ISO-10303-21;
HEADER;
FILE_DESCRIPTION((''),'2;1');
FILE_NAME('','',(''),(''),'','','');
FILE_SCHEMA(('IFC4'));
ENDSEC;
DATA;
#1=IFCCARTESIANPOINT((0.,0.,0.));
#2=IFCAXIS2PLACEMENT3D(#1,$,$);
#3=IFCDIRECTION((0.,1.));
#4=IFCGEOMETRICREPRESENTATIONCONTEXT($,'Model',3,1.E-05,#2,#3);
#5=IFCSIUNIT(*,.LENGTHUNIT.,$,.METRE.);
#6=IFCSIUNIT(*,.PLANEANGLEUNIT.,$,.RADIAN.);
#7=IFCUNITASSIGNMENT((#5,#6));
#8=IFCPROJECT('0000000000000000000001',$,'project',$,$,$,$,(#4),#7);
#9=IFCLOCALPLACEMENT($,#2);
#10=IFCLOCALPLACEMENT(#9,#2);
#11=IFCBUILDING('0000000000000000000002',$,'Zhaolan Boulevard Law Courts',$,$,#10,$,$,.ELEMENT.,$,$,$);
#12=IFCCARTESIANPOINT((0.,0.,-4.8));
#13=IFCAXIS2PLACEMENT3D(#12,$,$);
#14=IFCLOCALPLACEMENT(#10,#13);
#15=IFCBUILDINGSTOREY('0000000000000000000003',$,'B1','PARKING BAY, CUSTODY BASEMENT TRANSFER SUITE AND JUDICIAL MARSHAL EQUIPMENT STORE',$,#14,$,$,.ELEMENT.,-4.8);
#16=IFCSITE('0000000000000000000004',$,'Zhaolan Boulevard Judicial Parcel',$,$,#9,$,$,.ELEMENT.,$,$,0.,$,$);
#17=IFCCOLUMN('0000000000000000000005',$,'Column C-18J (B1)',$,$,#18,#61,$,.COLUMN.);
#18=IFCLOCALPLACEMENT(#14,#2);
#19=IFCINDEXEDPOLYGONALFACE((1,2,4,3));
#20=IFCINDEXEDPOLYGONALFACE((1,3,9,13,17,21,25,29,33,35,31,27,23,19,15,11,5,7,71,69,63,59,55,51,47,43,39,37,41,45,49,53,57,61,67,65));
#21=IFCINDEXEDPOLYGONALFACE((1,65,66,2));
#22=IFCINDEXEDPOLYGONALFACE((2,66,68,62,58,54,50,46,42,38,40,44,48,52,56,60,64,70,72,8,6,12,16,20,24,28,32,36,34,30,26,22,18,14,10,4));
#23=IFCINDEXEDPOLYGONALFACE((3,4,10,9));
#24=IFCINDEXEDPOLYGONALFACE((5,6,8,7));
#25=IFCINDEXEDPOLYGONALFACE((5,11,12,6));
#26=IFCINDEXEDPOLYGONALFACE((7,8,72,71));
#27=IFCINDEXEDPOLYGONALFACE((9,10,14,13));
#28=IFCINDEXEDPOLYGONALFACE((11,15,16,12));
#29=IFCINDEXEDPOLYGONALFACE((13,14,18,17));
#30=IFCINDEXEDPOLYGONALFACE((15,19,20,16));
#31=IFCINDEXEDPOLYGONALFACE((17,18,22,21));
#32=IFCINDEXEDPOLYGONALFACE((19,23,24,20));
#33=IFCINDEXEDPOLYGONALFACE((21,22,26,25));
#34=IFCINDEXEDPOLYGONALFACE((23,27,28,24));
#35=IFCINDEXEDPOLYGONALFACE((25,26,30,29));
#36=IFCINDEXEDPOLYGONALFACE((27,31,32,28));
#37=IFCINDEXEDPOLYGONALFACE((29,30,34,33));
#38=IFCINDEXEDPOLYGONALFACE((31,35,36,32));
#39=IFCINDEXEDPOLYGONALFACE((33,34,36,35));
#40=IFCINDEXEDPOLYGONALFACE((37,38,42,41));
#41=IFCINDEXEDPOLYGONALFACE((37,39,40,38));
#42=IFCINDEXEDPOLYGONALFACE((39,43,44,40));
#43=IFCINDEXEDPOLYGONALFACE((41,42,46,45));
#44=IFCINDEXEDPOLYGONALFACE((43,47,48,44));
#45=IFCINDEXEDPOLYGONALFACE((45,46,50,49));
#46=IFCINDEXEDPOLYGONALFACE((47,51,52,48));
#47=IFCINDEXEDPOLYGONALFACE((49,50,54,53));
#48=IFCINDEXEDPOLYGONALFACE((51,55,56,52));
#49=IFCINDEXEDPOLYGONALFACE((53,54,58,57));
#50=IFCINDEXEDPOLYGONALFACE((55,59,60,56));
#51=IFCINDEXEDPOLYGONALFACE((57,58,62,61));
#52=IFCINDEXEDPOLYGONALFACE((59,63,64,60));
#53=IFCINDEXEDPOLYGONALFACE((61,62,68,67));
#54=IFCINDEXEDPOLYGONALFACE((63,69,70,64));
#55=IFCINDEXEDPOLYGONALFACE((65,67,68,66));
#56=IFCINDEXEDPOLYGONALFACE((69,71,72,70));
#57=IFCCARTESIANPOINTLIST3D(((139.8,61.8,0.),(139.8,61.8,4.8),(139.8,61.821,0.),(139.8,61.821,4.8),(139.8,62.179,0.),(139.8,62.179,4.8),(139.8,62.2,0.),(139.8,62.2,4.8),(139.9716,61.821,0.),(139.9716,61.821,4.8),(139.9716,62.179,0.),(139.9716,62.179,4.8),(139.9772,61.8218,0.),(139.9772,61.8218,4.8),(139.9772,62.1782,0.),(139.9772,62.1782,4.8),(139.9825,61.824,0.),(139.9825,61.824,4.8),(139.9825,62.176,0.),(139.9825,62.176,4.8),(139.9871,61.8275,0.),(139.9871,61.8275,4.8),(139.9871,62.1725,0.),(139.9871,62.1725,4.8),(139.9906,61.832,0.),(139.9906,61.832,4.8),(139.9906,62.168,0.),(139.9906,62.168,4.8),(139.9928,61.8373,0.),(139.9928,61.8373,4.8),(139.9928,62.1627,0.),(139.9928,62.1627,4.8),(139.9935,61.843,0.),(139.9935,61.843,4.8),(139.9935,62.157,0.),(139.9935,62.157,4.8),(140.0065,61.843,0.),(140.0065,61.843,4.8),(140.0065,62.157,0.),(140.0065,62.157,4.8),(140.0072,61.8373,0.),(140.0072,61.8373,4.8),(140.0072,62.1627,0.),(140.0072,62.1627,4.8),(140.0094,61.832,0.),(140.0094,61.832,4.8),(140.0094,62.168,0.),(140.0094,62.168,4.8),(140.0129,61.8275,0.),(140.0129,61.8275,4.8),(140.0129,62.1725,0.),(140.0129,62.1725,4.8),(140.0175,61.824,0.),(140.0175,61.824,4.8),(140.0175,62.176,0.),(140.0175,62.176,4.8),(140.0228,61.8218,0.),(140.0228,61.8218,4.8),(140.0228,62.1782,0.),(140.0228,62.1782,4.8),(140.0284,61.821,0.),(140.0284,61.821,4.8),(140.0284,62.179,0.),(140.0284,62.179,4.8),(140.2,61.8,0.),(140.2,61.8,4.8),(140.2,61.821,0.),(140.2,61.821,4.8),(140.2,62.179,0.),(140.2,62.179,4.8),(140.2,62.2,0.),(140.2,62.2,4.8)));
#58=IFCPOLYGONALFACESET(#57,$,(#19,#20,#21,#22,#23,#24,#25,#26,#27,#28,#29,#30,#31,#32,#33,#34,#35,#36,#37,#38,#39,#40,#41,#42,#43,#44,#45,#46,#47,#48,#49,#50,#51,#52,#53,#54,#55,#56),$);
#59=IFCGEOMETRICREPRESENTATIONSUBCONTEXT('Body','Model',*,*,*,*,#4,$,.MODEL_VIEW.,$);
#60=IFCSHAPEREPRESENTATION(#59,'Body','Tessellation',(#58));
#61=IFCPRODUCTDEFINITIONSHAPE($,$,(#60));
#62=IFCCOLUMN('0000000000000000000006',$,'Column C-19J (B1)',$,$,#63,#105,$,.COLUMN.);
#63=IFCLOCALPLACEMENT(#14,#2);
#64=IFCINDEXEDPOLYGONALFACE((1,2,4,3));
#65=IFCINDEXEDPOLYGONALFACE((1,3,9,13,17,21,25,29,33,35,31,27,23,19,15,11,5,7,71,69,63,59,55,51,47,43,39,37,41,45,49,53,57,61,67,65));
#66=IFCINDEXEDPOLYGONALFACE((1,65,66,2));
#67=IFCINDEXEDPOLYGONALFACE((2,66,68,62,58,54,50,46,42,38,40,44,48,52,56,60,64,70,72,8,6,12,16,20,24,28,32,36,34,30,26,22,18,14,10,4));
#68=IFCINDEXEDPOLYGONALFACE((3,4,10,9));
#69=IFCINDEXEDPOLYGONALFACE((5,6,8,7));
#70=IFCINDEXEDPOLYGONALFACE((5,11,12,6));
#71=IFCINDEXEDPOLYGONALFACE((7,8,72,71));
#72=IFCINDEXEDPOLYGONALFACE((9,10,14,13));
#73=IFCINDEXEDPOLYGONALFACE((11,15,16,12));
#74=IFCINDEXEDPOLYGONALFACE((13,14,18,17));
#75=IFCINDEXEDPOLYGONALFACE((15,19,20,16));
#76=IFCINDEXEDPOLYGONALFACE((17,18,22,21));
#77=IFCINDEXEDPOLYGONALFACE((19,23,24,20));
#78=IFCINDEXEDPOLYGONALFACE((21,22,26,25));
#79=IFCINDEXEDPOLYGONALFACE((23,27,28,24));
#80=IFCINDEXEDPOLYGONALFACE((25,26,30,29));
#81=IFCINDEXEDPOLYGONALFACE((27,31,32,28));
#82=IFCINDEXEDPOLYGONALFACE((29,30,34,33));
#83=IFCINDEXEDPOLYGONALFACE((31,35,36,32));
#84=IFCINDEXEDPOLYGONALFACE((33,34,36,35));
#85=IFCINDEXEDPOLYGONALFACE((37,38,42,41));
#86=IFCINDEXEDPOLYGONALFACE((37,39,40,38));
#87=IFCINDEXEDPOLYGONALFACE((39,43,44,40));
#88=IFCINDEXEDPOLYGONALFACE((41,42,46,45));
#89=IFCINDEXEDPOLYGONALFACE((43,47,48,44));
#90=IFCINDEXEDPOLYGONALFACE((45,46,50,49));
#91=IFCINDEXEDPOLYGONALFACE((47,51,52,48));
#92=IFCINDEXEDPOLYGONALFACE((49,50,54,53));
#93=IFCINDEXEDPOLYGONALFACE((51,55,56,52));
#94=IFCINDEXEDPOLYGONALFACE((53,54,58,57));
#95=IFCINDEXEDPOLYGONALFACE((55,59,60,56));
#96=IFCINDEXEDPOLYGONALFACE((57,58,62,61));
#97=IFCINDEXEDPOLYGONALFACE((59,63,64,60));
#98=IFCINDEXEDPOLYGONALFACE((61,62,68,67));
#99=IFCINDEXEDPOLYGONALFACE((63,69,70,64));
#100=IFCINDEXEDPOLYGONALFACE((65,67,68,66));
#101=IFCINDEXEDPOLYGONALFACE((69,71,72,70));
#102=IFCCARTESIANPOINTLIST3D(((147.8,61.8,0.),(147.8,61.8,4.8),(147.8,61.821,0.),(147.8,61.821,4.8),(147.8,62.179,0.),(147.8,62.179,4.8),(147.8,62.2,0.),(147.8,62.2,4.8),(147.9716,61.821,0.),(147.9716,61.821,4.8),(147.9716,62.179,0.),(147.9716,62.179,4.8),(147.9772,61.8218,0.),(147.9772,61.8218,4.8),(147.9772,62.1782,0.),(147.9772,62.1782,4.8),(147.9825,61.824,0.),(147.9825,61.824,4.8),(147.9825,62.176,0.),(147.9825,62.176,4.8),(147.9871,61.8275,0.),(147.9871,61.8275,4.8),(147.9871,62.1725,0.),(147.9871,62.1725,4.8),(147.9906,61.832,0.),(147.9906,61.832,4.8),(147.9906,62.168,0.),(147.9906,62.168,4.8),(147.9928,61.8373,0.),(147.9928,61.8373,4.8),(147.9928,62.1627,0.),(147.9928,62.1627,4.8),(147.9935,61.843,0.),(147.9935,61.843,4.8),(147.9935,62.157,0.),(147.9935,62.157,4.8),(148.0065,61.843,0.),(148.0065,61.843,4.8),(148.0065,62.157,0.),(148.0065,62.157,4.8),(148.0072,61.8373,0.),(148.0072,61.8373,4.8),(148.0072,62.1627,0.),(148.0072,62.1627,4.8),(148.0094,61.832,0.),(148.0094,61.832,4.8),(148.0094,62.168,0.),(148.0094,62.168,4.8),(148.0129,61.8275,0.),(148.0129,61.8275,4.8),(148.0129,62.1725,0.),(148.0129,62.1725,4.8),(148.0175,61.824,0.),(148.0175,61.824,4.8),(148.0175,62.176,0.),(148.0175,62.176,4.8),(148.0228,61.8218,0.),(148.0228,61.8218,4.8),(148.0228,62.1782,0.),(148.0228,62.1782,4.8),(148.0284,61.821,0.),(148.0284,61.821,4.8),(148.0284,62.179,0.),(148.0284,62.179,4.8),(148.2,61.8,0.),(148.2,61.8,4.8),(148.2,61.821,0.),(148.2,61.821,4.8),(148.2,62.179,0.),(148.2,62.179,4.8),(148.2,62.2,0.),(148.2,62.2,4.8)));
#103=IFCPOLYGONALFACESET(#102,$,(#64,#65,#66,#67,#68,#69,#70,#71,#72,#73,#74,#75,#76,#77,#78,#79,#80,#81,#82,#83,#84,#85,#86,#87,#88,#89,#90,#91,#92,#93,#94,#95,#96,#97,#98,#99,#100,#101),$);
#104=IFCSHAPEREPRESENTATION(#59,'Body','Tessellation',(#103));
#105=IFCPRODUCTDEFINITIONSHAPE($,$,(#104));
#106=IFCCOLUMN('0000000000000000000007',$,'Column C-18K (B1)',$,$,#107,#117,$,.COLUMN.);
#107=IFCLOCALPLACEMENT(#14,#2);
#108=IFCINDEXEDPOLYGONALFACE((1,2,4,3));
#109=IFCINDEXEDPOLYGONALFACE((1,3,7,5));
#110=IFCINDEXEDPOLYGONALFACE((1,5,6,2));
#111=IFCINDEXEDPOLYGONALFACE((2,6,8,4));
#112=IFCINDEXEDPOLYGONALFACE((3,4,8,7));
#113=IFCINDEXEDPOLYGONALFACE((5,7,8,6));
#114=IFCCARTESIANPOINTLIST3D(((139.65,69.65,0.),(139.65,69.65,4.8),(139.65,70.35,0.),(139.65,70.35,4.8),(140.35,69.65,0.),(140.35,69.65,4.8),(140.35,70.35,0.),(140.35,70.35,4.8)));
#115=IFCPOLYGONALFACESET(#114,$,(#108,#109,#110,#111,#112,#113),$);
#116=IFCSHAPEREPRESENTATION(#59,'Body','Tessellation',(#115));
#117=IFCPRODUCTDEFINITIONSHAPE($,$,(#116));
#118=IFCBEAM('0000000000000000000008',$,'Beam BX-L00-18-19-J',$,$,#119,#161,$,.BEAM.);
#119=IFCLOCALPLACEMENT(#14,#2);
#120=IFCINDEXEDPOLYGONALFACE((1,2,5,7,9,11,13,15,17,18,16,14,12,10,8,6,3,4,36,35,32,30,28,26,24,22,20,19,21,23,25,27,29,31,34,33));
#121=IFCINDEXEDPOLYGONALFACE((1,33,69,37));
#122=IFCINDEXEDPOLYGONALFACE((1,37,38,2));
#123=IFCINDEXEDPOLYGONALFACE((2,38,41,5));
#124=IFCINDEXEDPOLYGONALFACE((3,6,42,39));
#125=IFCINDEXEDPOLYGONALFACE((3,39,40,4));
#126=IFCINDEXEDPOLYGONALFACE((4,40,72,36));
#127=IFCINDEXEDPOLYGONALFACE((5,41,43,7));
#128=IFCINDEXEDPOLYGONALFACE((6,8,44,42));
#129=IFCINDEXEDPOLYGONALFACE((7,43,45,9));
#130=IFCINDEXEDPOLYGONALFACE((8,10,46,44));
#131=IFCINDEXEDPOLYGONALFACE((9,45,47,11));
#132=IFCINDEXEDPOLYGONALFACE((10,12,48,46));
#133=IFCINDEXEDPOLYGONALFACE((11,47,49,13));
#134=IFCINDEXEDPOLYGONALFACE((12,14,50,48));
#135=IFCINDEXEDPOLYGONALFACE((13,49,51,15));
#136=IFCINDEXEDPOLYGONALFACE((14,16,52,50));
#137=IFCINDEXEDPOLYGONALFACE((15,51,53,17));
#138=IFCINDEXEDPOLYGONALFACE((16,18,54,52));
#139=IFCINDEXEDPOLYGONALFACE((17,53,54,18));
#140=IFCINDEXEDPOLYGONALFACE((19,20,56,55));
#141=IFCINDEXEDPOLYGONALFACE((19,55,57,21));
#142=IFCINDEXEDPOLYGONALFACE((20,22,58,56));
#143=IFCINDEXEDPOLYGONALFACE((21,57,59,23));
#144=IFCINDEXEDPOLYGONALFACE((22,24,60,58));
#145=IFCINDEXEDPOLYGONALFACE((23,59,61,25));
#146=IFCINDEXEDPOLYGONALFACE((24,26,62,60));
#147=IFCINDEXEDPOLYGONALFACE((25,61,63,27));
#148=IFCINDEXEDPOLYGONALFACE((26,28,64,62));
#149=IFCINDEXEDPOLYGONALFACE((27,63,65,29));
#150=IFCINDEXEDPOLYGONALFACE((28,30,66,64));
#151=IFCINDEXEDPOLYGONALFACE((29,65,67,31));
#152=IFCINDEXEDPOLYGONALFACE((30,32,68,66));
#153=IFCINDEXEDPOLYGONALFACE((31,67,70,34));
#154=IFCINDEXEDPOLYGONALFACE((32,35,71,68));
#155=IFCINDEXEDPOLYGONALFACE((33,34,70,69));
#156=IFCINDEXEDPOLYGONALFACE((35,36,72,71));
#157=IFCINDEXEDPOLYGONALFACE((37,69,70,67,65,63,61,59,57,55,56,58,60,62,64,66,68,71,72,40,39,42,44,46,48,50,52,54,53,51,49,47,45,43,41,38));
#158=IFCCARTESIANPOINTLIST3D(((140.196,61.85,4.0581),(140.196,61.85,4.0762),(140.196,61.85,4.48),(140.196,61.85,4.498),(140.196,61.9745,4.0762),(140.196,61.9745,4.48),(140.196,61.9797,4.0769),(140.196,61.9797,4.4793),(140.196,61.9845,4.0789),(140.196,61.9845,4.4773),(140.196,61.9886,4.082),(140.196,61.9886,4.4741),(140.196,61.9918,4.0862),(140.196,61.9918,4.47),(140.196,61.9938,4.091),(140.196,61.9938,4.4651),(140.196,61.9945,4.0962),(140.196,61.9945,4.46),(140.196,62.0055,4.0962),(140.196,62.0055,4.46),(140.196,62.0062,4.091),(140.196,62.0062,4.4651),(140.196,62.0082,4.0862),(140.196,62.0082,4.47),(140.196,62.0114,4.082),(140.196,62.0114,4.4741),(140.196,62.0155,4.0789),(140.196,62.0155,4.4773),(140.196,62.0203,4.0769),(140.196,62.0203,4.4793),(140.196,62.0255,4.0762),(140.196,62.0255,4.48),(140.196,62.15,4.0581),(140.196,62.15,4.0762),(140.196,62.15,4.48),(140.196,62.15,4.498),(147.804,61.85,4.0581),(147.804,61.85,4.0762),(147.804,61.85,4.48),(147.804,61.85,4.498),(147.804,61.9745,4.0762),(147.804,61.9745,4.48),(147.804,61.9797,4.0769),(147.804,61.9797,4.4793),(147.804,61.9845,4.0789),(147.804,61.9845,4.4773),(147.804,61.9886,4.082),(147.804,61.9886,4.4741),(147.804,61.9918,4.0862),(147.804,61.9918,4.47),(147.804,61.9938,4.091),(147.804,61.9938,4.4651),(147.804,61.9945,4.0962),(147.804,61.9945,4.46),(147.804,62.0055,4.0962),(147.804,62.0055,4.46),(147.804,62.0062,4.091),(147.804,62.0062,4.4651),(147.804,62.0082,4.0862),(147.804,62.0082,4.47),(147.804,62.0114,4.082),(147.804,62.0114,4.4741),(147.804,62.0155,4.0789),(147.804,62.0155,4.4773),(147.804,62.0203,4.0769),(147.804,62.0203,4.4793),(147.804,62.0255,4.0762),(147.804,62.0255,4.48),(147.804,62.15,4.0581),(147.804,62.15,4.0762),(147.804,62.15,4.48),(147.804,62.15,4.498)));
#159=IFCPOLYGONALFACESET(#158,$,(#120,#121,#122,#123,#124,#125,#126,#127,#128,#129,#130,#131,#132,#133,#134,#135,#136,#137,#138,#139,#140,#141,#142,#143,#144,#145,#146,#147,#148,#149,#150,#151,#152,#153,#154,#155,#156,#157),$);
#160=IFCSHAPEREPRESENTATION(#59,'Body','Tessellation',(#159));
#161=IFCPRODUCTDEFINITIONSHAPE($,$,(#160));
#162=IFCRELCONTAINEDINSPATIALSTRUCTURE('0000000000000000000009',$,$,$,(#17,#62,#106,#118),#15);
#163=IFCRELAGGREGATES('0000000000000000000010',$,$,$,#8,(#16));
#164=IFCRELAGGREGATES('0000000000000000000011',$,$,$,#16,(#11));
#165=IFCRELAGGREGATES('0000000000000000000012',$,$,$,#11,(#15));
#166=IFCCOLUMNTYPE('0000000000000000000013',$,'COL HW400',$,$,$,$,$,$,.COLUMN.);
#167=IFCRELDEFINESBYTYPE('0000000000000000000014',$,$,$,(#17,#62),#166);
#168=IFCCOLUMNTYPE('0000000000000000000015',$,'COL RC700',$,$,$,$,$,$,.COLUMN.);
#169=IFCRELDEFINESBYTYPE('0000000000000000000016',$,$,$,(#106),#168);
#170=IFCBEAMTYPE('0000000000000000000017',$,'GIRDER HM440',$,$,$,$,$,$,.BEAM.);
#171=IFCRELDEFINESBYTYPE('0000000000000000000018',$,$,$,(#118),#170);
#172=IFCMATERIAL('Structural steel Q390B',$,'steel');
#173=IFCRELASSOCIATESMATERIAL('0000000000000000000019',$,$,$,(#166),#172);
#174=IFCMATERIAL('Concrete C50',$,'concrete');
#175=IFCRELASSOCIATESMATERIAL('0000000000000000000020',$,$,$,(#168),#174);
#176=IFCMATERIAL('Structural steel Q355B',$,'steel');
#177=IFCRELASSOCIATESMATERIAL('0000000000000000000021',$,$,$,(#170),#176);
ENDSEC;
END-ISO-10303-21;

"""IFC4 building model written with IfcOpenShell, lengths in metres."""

from ifc_helpers import new_model, si_unit, direction, frame, origin, origin_2d, place, context, subcontext, project, spatial, rectangle, i_section, extrude, material, material_profile, profile_set, type_object, element, save


model = new_model("IFC4")

# Units and contexts
model_context = context("Model", 3, precision=1e-05, world=origin(), true_north=direction((0.0, 1.0)))
body_context = subcontext(model_context, "Body", "Model", "MODEL_VIEW")
ifc_project = project(units=[si_unit("LENGTHUNIT", "METRE"), si_unit("PLANEANGLEUNIT", "RADIAN")], contexts=[model_context])

# Site, building, storey
site_placement = place(None, origin())
site = spatial("IfcSite", under=ifc_project, at=site_placement, Name="Zhaolan Boulevard Judicial Parcel", CompositionType="ELEMENT", RefElevation=0.0)
building_placement = place(site_placement, origin())
building = spatial("IfcBuilding", under=site, at=building_placement, Name="Zhaolan Boulevard Law Courts", CompositionType="ELEMENT")
storey_placement = place(building_placement, frame((0.0, 0.0, -4.8)))
storey = spatial("IfcBuildingStorey", under=building, at=storey_placement, Name="B1", Description="PARKING BAY, CUSTODY BASEMENT TRANSFER SUITE AND JUDICIAL MARSHAL EQUIPMENT STORE", CompositionType="ELEMENT", Elevation=-4.8)

# Columns
ifc_material_1 = material(Name="Structural steel Q390B", Category="steel")
ifc_material_profile_1 = material_profile(ifc_material_1, i_section(OverallWidth=0.3999, OverallDepth=0.3999, WebThickness=0.0129, FlangeThickness=0.021, FilletRadius=0.022, at=origin_2d()), Name="HW400x400")
ifc_profile_set_1 = profile_set([ifc_material_profile_1], Name="Structural steel Q390B")
column_type_1 = type_object("IfcColumnType", Name="COL HW400", PredefinedType="COLUMN", material=ifc_profile_set_1)
for number, where, z_axis, x_axis, name in (
    (1, (140.0, 62.0, 0.0), (0.0, 0.0, 1.0), (1.0, 0.0, 0.0), "Column C-18J (B1)"),
    (2, (148.0, 62.0, 0.0), (0.0, 0.0, 1.0), (1.0, 0.0, 0.0), "Column C-19J (B1)"),
):
    element("IfcColumn", number, at=place(storey_placement, frame(where, z_axis=z_axis, x_axis=x_axis)), inside=storey, type_object=column_type_1, Name=name, PredefinedType="COLUMN", context=body_context, shape_type="SweptSolid", body=[
        extrude(i_section(OverallWidth=0.3999, OverallDepth=0.3999, WebThickness=0.0129, FlangeThickness=0.021, FilletRadius=0.022, at=origin_2d()), origin(), (0.0, 0.0, 1.0), 4.8),
    ])
ifc_material_2 = material(Name="Concrete C50", Category="concrete")
ifc_material_profile_2 = material_profile(ifc_material_2, rectangle(XDim=0.7, YDim=0.7, at=origin_2d()), Name="RC700x700")
ifc_profile_set_2 = profile_set([ifc_material_profile_2], Name="Concrete C50")
column_type_2 = type_object("IfcColumnType", Name="COL RC700", PredefinedType="COLUMN", material=ifc_profile_set_2)
column_placement = place(storey_placement, frame((140.0, 70.0, 0.0), z_axis=(0.0, 0.0, 1.0), x_axis=(1.0, 0.0, 0.0)))
element("IfcColumn", 3, at=column_placement, inside=storey, type_object=column_type_2, Name="Column C-18K (B1)", PredefinedType="COLUMN", context=body_context, shape_type="SweptSolid", body=[
    extrude(rectangle(XDim=0.7, YDim=0.7, at=origin_2d()), origin(), (0.0, 0.0, 1.0), 4.8),
])

# Beam
ifc_material_3 = material(Name="Structural steel Q355B", Category="steel")
ifc_material_profile_3 = material_profile(ifc_material_3, i_section(OverallWidth=0.3, OverallDepth=0.4399, WebThickness=0.011, FlangeThickness=0.0181, FilletRadius=0.02, at=origin_2d()), Name="HM440x300")
ifc_profile_set_3 = profile_set([ifc_material_profile_3], Name="Structural steel Q355B")
beam_type_1 = type_object("IfcBeamType", Name="GIRDER HM440", PredefinedType="BEAM", material=ifc_profile_set_3)
beam_1_placement = place(storey_placement, frame((140.196, 62.0, 4.2781), z_axis=(1.0, 0.0, 0.0), x_axis=(0.0, 1.0, 0.0)))
element("IfcBeam", 4, at=beam_1_placement, inside=storey, type_object=beam_type_1, Name="Beam BX-L00-18-19-J", PredefinedType="BEAM", context=body_context, shape_type="SweptSolid", body=[
    extrude(i_section(OverallWidth=0.3, OverallDepth=0.4399, WebThickness=0.011, FlangeThickness=0.0181, FilletRadius=0.02, at=origin_2d()), origin(), (0.0, 0.0, 1.0), 7.6079),
])

save(model, "model.ifc")
